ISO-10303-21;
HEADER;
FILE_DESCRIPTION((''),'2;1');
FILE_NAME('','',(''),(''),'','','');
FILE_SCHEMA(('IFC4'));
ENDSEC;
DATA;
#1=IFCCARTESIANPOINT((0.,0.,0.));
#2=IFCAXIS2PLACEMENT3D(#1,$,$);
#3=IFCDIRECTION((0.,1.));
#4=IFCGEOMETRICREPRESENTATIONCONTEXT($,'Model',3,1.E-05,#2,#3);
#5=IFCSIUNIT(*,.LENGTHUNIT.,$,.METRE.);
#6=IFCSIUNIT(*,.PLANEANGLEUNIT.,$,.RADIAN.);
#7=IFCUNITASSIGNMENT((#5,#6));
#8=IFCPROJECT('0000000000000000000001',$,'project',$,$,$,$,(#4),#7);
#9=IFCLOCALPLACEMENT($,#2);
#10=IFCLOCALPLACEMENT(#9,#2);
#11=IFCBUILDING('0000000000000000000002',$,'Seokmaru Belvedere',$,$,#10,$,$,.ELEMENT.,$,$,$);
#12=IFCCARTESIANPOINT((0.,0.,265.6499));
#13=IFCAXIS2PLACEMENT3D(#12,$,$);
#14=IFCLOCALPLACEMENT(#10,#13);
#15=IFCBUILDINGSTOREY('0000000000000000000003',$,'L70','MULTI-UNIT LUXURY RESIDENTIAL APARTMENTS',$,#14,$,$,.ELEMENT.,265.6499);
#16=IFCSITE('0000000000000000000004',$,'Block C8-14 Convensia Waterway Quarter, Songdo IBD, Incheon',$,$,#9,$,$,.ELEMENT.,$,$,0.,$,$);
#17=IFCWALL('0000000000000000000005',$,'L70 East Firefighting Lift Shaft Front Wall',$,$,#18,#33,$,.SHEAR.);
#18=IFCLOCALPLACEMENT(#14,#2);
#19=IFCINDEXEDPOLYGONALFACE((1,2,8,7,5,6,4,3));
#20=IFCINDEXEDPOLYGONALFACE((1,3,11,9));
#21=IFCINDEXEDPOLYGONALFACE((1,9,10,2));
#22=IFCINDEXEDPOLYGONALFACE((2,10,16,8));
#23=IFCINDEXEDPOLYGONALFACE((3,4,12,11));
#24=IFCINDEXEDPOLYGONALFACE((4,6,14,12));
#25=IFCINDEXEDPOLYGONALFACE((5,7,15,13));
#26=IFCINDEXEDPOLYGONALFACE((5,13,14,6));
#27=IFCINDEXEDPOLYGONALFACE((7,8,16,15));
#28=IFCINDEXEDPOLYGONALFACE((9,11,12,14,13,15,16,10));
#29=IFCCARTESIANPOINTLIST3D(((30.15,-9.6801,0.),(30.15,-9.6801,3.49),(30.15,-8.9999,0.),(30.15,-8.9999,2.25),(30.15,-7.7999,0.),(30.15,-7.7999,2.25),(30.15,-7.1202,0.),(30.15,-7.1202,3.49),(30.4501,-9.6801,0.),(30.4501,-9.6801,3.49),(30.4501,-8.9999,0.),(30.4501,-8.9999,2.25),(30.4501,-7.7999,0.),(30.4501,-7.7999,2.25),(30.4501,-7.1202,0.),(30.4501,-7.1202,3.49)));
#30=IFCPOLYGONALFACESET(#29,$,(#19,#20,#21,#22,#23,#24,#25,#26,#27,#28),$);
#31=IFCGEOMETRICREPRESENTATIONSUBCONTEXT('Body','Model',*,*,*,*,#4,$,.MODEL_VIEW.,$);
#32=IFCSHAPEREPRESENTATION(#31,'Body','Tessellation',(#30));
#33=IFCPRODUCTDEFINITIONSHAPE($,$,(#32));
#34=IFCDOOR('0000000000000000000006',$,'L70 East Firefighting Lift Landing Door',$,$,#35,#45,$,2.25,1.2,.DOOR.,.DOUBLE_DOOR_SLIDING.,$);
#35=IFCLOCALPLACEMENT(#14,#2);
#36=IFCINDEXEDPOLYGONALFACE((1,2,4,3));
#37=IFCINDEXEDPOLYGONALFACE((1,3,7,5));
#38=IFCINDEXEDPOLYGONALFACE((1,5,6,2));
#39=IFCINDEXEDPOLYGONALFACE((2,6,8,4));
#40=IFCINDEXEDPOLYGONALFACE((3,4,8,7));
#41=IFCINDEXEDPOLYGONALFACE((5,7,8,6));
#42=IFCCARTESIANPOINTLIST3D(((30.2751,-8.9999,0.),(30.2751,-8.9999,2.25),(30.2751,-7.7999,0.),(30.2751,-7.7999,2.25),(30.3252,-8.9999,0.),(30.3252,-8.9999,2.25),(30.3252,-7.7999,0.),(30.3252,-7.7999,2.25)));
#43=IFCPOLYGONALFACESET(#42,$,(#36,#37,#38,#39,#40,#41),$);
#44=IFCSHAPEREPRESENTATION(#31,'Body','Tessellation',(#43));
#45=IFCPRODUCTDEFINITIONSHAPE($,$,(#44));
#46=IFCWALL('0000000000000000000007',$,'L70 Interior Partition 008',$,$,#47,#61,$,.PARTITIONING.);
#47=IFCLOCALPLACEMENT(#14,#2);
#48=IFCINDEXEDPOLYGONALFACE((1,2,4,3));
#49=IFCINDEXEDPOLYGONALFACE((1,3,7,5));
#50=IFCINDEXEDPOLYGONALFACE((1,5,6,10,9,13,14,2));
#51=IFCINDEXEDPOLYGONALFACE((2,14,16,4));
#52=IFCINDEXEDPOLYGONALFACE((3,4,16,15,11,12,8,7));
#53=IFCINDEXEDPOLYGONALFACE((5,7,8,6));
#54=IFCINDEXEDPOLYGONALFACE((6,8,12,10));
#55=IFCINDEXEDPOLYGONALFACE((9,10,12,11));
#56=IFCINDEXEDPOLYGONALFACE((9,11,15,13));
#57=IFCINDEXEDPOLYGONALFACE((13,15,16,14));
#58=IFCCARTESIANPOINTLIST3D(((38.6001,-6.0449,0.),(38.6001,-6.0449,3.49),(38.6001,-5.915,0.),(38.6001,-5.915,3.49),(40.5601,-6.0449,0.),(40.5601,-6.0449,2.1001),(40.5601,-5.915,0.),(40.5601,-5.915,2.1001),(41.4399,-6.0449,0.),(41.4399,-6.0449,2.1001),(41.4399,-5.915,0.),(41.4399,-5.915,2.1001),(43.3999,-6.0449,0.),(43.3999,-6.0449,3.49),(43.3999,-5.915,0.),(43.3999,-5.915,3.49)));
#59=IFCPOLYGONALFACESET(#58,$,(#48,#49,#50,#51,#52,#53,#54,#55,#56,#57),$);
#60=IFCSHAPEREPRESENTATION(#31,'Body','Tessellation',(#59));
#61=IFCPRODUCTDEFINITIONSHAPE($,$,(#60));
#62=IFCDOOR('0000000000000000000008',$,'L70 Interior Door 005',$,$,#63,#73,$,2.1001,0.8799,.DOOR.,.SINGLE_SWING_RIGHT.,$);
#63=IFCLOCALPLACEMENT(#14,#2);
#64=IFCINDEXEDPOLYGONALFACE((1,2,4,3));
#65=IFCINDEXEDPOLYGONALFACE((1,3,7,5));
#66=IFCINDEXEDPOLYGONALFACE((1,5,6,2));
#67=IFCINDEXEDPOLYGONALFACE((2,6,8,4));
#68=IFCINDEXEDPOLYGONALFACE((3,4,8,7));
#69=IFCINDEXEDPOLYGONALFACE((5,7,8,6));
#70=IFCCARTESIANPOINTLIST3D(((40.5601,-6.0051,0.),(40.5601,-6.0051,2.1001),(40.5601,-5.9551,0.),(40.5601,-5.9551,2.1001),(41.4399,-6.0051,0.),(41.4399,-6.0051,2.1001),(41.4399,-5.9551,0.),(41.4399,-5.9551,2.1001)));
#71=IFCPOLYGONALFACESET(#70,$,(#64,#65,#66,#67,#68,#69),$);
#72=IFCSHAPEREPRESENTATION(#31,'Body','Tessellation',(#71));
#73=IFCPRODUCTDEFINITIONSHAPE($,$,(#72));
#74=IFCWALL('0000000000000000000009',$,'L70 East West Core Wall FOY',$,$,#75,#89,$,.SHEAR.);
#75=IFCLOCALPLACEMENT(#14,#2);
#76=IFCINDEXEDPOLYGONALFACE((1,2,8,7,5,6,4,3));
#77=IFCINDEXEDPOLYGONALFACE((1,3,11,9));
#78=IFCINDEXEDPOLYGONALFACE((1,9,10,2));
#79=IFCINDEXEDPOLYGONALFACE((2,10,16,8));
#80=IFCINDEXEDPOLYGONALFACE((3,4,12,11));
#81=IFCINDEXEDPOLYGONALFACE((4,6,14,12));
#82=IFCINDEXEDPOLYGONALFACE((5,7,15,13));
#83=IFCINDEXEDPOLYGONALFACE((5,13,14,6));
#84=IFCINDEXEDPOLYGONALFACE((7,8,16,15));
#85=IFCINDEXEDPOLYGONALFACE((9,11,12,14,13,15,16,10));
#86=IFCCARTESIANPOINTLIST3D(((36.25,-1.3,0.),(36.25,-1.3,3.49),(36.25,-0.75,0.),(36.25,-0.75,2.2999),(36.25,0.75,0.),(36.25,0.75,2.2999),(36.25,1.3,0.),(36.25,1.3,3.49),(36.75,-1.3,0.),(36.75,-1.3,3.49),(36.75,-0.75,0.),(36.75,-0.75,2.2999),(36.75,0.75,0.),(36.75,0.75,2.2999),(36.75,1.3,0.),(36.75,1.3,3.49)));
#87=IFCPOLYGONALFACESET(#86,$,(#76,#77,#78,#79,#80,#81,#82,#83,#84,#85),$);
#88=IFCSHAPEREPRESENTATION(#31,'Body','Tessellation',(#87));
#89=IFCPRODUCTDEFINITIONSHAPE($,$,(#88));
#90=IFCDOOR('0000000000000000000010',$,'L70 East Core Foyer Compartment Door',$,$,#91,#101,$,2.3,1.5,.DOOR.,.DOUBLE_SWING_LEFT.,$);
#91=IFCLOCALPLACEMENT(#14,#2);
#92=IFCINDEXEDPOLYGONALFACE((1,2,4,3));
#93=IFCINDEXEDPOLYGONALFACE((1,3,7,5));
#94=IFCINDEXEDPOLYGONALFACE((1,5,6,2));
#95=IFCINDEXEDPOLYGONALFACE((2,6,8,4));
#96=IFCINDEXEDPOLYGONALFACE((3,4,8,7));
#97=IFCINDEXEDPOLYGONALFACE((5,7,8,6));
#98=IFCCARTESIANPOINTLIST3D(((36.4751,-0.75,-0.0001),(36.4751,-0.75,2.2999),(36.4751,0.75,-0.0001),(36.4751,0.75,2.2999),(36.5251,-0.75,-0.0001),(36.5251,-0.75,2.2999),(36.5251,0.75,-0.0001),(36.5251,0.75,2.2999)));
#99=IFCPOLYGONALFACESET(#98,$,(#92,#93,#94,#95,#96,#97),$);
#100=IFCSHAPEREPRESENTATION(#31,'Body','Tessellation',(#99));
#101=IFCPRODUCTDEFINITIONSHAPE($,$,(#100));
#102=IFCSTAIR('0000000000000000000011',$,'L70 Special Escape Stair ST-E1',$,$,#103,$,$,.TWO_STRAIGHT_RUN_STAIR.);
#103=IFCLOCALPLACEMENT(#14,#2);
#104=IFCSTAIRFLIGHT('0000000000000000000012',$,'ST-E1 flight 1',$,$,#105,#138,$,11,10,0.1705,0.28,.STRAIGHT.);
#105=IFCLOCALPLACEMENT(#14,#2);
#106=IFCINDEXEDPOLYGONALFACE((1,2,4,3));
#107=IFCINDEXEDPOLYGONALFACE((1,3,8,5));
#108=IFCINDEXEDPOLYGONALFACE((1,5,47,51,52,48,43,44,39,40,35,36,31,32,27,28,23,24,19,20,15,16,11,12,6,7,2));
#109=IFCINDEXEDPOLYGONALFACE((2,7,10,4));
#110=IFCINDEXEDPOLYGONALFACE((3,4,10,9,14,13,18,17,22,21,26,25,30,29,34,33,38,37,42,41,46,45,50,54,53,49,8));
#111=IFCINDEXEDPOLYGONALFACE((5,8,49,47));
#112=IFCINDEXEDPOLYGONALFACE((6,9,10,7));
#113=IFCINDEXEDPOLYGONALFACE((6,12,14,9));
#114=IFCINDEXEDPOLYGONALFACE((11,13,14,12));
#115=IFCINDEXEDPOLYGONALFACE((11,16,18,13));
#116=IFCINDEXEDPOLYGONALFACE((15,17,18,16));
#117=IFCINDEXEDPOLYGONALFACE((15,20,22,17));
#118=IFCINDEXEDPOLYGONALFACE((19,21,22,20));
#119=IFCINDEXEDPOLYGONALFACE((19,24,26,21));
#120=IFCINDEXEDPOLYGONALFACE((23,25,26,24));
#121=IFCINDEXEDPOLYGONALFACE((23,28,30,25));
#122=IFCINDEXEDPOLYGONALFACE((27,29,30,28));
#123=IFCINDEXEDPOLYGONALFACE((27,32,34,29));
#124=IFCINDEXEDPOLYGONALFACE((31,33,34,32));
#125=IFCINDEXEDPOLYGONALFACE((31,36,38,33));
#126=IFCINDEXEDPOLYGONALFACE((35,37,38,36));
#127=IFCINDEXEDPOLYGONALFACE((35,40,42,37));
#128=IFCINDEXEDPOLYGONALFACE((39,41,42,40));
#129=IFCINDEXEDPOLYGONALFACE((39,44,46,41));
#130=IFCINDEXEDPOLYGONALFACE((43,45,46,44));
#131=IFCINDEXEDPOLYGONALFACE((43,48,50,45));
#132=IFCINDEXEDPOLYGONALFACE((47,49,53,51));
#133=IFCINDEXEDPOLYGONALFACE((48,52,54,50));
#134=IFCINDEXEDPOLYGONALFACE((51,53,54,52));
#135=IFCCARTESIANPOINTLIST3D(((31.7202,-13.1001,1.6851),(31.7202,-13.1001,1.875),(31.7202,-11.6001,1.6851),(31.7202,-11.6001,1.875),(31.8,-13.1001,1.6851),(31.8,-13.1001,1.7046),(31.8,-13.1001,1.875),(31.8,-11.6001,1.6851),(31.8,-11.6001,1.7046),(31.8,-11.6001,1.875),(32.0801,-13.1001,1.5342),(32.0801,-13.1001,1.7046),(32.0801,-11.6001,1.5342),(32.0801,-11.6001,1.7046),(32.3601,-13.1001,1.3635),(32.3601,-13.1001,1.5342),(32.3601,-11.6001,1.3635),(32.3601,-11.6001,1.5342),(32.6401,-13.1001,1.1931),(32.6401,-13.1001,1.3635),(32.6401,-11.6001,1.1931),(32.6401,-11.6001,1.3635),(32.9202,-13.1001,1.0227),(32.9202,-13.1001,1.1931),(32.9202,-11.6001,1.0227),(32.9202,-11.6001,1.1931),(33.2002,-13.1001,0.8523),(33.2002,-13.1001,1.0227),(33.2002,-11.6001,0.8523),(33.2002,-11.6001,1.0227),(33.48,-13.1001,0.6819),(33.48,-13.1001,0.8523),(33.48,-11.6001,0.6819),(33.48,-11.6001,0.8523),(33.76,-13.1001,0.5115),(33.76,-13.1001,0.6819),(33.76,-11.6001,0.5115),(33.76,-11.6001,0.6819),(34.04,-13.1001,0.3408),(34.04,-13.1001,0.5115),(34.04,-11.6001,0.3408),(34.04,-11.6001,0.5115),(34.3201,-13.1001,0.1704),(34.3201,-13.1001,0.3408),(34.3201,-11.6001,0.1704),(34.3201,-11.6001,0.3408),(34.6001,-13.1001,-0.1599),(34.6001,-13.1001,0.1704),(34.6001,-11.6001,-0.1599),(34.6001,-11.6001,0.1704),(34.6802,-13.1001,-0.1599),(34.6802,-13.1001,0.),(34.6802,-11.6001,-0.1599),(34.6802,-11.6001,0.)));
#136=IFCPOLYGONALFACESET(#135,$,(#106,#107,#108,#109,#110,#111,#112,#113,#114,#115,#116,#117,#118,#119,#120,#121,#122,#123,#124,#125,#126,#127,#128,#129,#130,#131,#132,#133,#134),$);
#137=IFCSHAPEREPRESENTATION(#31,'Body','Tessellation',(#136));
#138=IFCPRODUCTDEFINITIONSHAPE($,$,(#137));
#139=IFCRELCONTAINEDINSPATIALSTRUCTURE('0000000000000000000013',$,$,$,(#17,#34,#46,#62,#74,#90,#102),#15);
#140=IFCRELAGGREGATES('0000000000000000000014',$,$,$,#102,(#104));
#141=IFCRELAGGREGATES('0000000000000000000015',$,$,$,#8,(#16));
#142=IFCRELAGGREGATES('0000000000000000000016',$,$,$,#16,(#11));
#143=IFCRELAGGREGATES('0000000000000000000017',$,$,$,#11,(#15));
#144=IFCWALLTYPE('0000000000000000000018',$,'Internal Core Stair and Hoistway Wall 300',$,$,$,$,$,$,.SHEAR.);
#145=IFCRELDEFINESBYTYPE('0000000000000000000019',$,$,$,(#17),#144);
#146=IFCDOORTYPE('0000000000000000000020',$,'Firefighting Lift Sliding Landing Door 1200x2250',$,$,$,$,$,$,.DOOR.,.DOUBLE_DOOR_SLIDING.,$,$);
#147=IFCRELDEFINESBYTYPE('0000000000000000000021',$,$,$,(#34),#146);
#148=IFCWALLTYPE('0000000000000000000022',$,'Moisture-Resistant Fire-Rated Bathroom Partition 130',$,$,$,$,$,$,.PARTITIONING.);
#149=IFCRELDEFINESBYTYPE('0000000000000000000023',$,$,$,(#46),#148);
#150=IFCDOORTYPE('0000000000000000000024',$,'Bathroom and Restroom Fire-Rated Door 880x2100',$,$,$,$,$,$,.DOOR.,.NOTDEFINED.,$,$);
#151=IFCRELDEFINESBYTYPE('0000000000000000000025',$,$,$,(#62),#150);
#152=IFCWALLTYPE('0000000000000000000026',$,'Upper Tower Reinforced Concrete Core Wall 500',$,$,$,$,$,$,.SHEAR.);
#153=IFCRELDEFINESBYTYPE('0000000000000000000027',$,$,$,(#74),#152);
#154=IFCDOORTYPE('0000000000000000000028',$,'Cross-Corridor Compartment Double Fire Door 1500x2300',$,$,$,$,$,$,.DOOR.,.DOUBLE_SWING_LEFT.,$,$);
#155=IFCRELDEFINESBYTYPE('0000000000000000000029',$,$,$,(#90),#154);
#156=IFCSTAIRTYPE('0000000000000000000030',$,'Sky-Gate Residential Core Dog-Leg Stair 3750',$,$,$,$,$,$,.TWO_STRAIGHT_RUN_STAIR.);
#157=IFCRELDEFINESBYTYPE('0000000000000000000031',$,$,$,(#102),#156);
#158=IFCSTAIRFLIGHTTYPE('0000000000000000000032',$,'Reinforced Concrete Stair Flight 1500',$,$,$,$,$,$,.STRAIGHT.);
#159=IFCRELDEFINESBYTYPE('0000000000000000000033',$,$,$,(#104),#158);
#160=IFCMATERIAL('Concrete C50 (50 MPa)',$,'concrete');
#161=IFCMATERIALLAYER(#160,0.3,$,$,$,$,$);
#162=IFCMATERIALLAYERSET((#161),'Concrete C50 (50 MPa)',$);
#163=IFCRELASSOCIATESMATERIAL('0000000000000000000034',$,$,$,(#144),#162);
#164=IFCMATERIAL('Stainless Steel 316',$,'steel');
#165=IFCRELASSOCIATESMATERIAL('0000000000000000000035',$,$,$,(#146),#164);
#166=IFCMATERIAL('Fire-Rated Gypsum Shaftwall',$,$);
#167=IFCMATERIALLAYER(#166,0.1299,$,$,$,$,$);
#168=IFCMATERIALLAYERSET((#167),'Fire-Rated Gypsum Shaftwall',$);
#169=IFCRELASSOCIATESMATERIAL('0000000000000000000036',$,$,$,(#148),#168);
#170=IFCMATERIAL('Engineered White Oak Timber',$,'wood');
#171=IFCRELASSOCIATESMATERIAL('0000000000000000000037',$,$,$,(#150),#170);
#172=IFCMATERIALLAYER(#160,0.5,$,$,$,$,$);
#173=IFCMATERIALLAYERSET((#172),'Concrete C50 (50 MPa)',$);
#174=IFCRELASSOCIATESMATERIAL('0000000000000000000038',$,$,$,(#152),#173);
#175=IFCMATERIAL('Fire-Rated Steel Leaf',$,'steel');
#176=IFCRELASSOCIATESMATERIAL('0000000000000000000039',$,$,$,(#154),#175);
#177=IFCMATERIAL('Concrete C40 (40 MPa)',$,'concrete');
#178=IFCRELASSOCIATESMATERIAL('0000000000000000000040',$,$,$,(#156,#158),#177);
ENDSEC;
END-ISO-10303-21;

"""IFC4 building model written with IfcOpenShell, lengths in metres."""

from ifc_helpers import new_model, si_unit, direction, frame, frame_2d, origin, place, context, subcontext, project, spatial, polyline, rectangle, outline, extrude, source, transform, mapped, material, layer, layer_set, type_object, type_shapes, element, fill, aggregate, save


model = new_model("IFC4")

# Units and contexts
model_context = context("Model", 3, precision=1e-05, world=origin(), true_north=direction((0.0, 1.0)))
body_context = subcontext(model_context, "Body", "Model", "MODEL_VIEW")
ifc_project = project(units=[si_unit("LENGTHUNIT", "METRE"), si_unit("PLANEANGLEUNIT", "RADIAN")], contexts=[model_context])

# Site, building, storey
site_placement = place(None, origin())
site = spatial("IfcSite", under=ifc_project, at=site_placement, Name="Block C8-14 Convensia Waterway Quarter, Songdo IBD, Incheon", CompositionType="ELEMENT", RefElevation=0.0)
building_placement = place(site_placement, origin())
building = spatial("IfcBuilding", under=site, at=building_placement, Name="Seokmaru Belvedere", CompositionType="ELEMENT")
storey_placement = place(building_placement, frame((0.0, 0.0, 265.6499)))
storey = spatial("IfcBuildingStorey", under=building, at=storey_placement, Name="L70", Description="MULTI-UNIT LUXURY RESIDENTIAL APARTMENTS", CompositionType="ELEMENT", Elevation=265.6499)

# Shared definitions
ifc_material_1 = material(Name="Fire-Rated Gypsum Shaftwall")

# Walls, openings, doors
ifc_material_2 = material(Name="Concrete C50 (50 MPa)", Category="concrete")
ifc_layer_1 = layer(ifc_material_2, 0.3)
ifc_layer_set_1 = layer_set([ifc_layer_1], Name="Concrete C50 (50 MPa)")
wall_type_1 = type_object("IfcWallType", Name="Internal Core Stair and Hoistway Wall 300", PredefinedType="SHEAR", material=ifc_layer_set_1)
wall_1_placement = place(storey_placement, frame((30.3, -9.6799, 0.0), z_axis=(0.0, 0.0, 1.0), x_axis=(0.0, 1.0, 0.0)))
wall_1 = element("IfcWall", 1, at=wall_1_placement, inside=storey, type_object=wall_type_1, Name="L70 East Firefighting Lift Shaft Front Wall", PredefinedType="SHEAR", context=body_context, shape_type="SweptSolid", body=[
    extrude(rectangle(XDim=2.5598, YDim=0.3, at=frame_2d((1.2798, 0.0))), origin(), (0.0, 0.0, 1.0), 3.49),
])
opening_1_placement = place(wall_1_placement, frame((0.6799, 0.0, 0.0)))
opening_1 = element("IfcOpeningElement", 2, at=opening_1_placement, cuts=wall_1, PredefinedType="OPENING", context=body_context, shape_type="SweptSolid", body=[
    extrude(rectangle(XDim=1.2, YDim=2.25, at=frame_2d((0.6001, 1.125))), frame((0.0, 0.1602, 0.0), z_axis=(0.0, -1.0, 0.0), x_axis=(1.0, 0.0, 0.0)), (0.0, 0.0, 1.0), 0.3201),
])
ifc_material_3 = material(Name="Stainless Steel 316", Category="steel")
door_type_1 = type_object("IfcDoorType", Name="Firefighting Lift Sliding Landing Door 1200x2250", OperationType="DOUBLE_DOOR_SLIDING", PredefinedType="DOOR", material=ifc_material_3)
shared_shape_1 = source(origin(), body_context, "Body", "SweptSolid", [
    extrude(rectangle(XDim=1.2, YDim=2.25, at=frame_2d((0.6001, 1.125))), frame((0.0, 0.0249, 0.0), z_axis=(0.0, -1.0, 0.0), x_axis=(1.0, 0.0, 0.0)), (0.0, 0.0, 1.0), 0.05),
])
type_shapes(door_type_1, [shared_shape_1])
door_1_placement = place(opening_1_placement, origin())
door_1 = element("IfcDoor", 3, at=door_1_placement, inside=storey, type_object=door_type_1, Name="L70 East Firefighting Lift Landing Door", OperationType="DOUBLE_DOOR_SLIDING", OverallHeight=2.25, OverallWidth=1.2, PredefinedType="DOOR", context=body_context, shape_type="MappedRepresentation", body=[
    mapped(shared_shape_1, transform((0.0, 0.0, 0.0), scale=1.0)),
])
fill(opening_1, door_1)
ifc_layer_2 = layer(ifc_material_1, 0.1299)
ifc_layer_set_2 = layer_set([ifc_layer_2], Name="Fire-Rated Gypsum Shaftwall")
wall_type_2 = type_object("IfcWallType", Name="Moisture-Resistant Fire-Rated Bathroom Partition 130", PredefinedType="PARTITIONING", material=ifc_layer_set_2)
wall_2_placement = place(storey_placement, frame((38.6001, -5.98, 0.0), z_axis=(0.0, 0.0, 1.0), x_axis=(1.0, 0.0, 0.0)))
wall_2 = element("IfcWall", 4, at=wall_2_placement, inside=storey, type_object=wall_type_2, Name="L70 Interior Partition 008", PredefinedType="PARTITIONING", context=body_context, shape_type="SweptSolid", body=[
    extrude(rectangle(XDim=4.7998, YDim=0.1299, at=frame_2d((2.3999, 0.0))), origin(), (0.0, 0.0, 1.0), 3.49),
])
opening_2_placement = place(wall_2_placement, frame((1.96, 0.0, 0.0)))
opening_2 = element("IfcOpeningElement", 5, at=opening_2_placement, cuts=wall_2, PredefinedType="OPENING", context=body_context, shape_type="SweptSolid", body=[
    extrude(rectangle(XDim=0.8799, YDim=2.1001, at=frame_2d((0.4399, 1.05))), frame((0.0, 0.075, 0.0), z_axis=(0.0, -1.0, 0.0), x_axis=(1.0, 0.0, 0.0)), (0.0, 0.0, 1.0), 0.1499),
])
ifc_material_4 = material(Name="Engineered White Oak Timber", Category="wood")
door_type_2 = type_object("IfcDoorType", Name="Bathroom and Restroom Fire-Rated Door 880x2100", OperationType="NOTDEFINED", PredefinedType="DOOR", material=ifc_material_4)
shared_shape_2 = source(origin(), body_context, "Body", "SweptSolid", [
    extrude(rectangle(XDim=0.8799, YDim=2.1001, at=frame_2d((0.4399, 1.05))), frame((0.0, 0.0249, 0.0), z_axis=(0.0, -1.0, 0.0), x_axis=(1.0, 0.0, 0.0)), (0.0, 0.0, 1.0), 0.05),
])
type_shapes(door_type_2, [shared_shape_2])
door_2_placement = place(opening_2_placement, origin())
door_2 = element("IfcDoor", 6, at=door_2_placement, inside=storey, type_object=door_type_2, Name="L70 Interior Door 005", OperationType="SINGLE_SWING_RIGHT", OverallHeight=2.1001, OverallWidth=0.8799, PredefinedType="DOOR", context=body_context, shape_type="MappedRepresentation", body=[
    mapped(shared_shape_2, transform((0.0, 0.0, 0.0), scale=1.0)),
])
fill(opening_2, door_2)
ifc_layer_3 = layer(ifc_material_2, 0.5)
ifc_layer_set_3 = layer_set([ifc_layer_3], Name="Concrete C50 (50 MPa)")
wall_type_3 = type_object("IfcWallType", Name="Upper Tower Reinforced Concrete Core Wall 500", PredefinedType="SHEAR", material=ifc_layer_set_3)
wall_3_placement = place(storey_placement, frame((36.5, -1.3, 0.0), z_axis=(0.0, 0.0, 1.0), x_axis=(0.0, 1.0, 0.0)))
wall_3 = element("IfcWall", 7, at=wall_3_placement, inside=storey, type_object=wall_type_3, Name="L70 East West Core Wall FOY", PredefinedType="SHEAR", context=body_context, shape_type="SweptSolid", body=[
    extrude(rectangle(XDim=2.6001, YDim=0.5, at=frame_2d((1.3, 0.0))), origin(), (0.0, 0.0, 1.0), 3.49),
])
opening_3_placement = place(wall_3_placement, frame((0.55, 0.0, 0.0)))
opening_3 = element("IfcOpeningElement", 8, at=opening_3_placement, cuts=wall_3, PredefinedType="OPENING", context=body_context, shape_type="SweptSolid", body=[
    extrude(rectangle(XDim=1.5, YDim=2.3, at=frame_2d((0.75, 1.1499))), frame((0.0, 0.26, 0.0), z_axis=(0.0, -1.0, 0.0), x_axis=(1.0, 0.0, 0.0)), (0.0, 0.0, 1.0), 0.52),
])
ifc_material_5 = material(Name="Fire-Rated Steel Leaf", Category="steel")
door_type_3 = type_object("IfcDoorType", Name="Cross-Corridor Compartment Double Fire Door 1500x2300", OperationType="DOUBLE_SWING_LEFT", PredefinedType="DOOR", material=ifc_material_5)
shared_shape_3 = source(origin(), body_context, "Body", "SweptSolid", [
    extrude(rectangle(XDim=1.5, YDim=2.3, at=frame_2d((0.75, 1.1499))), frame((0.0, 0.0249, 0.0), z_axis=(0.0, -1.0, 0.0), x_axis=(1.0, 0.0, 0.0)), (0.0, 0.0, 1.0), 0.05),
])
type_shapes(door_type_3, [shared_shape_3])
door_3_placement = place(opening_3_placement, origin())
door_3 = element("IfcDoor", 9, at=door_3_placement, inside=storey, type_object=door_type_3, Name="L70 East Core Foyer Compartment Door", OperationType="DOUBLE_SWING_LEFT", OverallHeight=2.3, OverallWidth=1.5, PredefinedType="DOOR", context=body_context, shape_type="MappedRepresentation", body=[
    mapped(shared_shape_3, transform((0.0, 0.0, 0.0), scale=1.0)),
])
fill(opening_3, door_3)

# Stair, stair flight
ifc_material_6 = material(Name="Concrete C40 (40 MPa)", Category="concrete")
stair_type = type_object("IfcStairType", Name="Sky-Gate Residential Core Dog-Leg Stair 3750", PredefinedType="TWO_STRAIGHT_RUN_STAIR", material=ifc_material_6)
stair_placement = place(storey_placement, origin())
stair = element("IfcStair", 10, at=stair_placement, inside=storey, type_object=stair_type, Name="L70 Special Escape Stair ST-E1", PredefinedType="TWO_STRAIGHT_RUN_STAIR")
stair_flight_type = type_object("IfcStairFlightType", Name="Reinforced Concrete Stair Flight 1500", PredefinedType="STRAIGHT", material=ifc_material_6)
stair_flight_1_placement = place(storey_placement, frame((34.6001, -12.3501, 0.0), z_axis=(0.0, 0.0, 1.0), x_axis=(-1.0, 0.0, 0.0)))
stair_flight_1 = element("IfcStairFlight", 11, at=stair_flight_1_placement, type_object=stair_flight_type, Name="ST-E1 flight 1", NumberOfRisers=11, NumberOfTreads=10, PredefinedType="STRAIGHT", RiserHeight=0.1705, TreadLength=0.28, context=body_context, shape_type="SweptSolid", body=[
    extrude(outline(polyline([(-0.0801, 0.0), (0.0, 0.1704), (0.28, 0.1704), (0.28, 0.3408), (0.5601, 0.3408), (0.5601, 0.5115), (0.8401, 0.5115), (0.8401, 0.6819), (1.1201, 0.6819), (1.1201, 0.8523), (1.3999, 0.8523), (1.3999, 1.0227), (1.6799, 1.0227), (1.6799, 1.1931), (1.96, 1.1931), (1.96, 1.3635), (2.24, 1.3635), (2.24, 1.5342), (2.52, 1.5342), (2.52, 1.7046), (2.8, 1.7046), (2.8, 1.875), (2.8799, 1.875), (2.8799, 1.6851), (2.8, 1.6851), (0.0, -0.1599), (-0.0801, -0.1599), (-0.0801, 0.0)])), frame((0.0, 0.75, 0.0), z_axis=(0.0, -1.0, 0.0), x_axis=(1.0, 0.0, 0.0)), (0.0, 0.0, 1.0), 1.5),
])
aggregate(stair, [stair_flight_1])

save(model, "model.ifc")
